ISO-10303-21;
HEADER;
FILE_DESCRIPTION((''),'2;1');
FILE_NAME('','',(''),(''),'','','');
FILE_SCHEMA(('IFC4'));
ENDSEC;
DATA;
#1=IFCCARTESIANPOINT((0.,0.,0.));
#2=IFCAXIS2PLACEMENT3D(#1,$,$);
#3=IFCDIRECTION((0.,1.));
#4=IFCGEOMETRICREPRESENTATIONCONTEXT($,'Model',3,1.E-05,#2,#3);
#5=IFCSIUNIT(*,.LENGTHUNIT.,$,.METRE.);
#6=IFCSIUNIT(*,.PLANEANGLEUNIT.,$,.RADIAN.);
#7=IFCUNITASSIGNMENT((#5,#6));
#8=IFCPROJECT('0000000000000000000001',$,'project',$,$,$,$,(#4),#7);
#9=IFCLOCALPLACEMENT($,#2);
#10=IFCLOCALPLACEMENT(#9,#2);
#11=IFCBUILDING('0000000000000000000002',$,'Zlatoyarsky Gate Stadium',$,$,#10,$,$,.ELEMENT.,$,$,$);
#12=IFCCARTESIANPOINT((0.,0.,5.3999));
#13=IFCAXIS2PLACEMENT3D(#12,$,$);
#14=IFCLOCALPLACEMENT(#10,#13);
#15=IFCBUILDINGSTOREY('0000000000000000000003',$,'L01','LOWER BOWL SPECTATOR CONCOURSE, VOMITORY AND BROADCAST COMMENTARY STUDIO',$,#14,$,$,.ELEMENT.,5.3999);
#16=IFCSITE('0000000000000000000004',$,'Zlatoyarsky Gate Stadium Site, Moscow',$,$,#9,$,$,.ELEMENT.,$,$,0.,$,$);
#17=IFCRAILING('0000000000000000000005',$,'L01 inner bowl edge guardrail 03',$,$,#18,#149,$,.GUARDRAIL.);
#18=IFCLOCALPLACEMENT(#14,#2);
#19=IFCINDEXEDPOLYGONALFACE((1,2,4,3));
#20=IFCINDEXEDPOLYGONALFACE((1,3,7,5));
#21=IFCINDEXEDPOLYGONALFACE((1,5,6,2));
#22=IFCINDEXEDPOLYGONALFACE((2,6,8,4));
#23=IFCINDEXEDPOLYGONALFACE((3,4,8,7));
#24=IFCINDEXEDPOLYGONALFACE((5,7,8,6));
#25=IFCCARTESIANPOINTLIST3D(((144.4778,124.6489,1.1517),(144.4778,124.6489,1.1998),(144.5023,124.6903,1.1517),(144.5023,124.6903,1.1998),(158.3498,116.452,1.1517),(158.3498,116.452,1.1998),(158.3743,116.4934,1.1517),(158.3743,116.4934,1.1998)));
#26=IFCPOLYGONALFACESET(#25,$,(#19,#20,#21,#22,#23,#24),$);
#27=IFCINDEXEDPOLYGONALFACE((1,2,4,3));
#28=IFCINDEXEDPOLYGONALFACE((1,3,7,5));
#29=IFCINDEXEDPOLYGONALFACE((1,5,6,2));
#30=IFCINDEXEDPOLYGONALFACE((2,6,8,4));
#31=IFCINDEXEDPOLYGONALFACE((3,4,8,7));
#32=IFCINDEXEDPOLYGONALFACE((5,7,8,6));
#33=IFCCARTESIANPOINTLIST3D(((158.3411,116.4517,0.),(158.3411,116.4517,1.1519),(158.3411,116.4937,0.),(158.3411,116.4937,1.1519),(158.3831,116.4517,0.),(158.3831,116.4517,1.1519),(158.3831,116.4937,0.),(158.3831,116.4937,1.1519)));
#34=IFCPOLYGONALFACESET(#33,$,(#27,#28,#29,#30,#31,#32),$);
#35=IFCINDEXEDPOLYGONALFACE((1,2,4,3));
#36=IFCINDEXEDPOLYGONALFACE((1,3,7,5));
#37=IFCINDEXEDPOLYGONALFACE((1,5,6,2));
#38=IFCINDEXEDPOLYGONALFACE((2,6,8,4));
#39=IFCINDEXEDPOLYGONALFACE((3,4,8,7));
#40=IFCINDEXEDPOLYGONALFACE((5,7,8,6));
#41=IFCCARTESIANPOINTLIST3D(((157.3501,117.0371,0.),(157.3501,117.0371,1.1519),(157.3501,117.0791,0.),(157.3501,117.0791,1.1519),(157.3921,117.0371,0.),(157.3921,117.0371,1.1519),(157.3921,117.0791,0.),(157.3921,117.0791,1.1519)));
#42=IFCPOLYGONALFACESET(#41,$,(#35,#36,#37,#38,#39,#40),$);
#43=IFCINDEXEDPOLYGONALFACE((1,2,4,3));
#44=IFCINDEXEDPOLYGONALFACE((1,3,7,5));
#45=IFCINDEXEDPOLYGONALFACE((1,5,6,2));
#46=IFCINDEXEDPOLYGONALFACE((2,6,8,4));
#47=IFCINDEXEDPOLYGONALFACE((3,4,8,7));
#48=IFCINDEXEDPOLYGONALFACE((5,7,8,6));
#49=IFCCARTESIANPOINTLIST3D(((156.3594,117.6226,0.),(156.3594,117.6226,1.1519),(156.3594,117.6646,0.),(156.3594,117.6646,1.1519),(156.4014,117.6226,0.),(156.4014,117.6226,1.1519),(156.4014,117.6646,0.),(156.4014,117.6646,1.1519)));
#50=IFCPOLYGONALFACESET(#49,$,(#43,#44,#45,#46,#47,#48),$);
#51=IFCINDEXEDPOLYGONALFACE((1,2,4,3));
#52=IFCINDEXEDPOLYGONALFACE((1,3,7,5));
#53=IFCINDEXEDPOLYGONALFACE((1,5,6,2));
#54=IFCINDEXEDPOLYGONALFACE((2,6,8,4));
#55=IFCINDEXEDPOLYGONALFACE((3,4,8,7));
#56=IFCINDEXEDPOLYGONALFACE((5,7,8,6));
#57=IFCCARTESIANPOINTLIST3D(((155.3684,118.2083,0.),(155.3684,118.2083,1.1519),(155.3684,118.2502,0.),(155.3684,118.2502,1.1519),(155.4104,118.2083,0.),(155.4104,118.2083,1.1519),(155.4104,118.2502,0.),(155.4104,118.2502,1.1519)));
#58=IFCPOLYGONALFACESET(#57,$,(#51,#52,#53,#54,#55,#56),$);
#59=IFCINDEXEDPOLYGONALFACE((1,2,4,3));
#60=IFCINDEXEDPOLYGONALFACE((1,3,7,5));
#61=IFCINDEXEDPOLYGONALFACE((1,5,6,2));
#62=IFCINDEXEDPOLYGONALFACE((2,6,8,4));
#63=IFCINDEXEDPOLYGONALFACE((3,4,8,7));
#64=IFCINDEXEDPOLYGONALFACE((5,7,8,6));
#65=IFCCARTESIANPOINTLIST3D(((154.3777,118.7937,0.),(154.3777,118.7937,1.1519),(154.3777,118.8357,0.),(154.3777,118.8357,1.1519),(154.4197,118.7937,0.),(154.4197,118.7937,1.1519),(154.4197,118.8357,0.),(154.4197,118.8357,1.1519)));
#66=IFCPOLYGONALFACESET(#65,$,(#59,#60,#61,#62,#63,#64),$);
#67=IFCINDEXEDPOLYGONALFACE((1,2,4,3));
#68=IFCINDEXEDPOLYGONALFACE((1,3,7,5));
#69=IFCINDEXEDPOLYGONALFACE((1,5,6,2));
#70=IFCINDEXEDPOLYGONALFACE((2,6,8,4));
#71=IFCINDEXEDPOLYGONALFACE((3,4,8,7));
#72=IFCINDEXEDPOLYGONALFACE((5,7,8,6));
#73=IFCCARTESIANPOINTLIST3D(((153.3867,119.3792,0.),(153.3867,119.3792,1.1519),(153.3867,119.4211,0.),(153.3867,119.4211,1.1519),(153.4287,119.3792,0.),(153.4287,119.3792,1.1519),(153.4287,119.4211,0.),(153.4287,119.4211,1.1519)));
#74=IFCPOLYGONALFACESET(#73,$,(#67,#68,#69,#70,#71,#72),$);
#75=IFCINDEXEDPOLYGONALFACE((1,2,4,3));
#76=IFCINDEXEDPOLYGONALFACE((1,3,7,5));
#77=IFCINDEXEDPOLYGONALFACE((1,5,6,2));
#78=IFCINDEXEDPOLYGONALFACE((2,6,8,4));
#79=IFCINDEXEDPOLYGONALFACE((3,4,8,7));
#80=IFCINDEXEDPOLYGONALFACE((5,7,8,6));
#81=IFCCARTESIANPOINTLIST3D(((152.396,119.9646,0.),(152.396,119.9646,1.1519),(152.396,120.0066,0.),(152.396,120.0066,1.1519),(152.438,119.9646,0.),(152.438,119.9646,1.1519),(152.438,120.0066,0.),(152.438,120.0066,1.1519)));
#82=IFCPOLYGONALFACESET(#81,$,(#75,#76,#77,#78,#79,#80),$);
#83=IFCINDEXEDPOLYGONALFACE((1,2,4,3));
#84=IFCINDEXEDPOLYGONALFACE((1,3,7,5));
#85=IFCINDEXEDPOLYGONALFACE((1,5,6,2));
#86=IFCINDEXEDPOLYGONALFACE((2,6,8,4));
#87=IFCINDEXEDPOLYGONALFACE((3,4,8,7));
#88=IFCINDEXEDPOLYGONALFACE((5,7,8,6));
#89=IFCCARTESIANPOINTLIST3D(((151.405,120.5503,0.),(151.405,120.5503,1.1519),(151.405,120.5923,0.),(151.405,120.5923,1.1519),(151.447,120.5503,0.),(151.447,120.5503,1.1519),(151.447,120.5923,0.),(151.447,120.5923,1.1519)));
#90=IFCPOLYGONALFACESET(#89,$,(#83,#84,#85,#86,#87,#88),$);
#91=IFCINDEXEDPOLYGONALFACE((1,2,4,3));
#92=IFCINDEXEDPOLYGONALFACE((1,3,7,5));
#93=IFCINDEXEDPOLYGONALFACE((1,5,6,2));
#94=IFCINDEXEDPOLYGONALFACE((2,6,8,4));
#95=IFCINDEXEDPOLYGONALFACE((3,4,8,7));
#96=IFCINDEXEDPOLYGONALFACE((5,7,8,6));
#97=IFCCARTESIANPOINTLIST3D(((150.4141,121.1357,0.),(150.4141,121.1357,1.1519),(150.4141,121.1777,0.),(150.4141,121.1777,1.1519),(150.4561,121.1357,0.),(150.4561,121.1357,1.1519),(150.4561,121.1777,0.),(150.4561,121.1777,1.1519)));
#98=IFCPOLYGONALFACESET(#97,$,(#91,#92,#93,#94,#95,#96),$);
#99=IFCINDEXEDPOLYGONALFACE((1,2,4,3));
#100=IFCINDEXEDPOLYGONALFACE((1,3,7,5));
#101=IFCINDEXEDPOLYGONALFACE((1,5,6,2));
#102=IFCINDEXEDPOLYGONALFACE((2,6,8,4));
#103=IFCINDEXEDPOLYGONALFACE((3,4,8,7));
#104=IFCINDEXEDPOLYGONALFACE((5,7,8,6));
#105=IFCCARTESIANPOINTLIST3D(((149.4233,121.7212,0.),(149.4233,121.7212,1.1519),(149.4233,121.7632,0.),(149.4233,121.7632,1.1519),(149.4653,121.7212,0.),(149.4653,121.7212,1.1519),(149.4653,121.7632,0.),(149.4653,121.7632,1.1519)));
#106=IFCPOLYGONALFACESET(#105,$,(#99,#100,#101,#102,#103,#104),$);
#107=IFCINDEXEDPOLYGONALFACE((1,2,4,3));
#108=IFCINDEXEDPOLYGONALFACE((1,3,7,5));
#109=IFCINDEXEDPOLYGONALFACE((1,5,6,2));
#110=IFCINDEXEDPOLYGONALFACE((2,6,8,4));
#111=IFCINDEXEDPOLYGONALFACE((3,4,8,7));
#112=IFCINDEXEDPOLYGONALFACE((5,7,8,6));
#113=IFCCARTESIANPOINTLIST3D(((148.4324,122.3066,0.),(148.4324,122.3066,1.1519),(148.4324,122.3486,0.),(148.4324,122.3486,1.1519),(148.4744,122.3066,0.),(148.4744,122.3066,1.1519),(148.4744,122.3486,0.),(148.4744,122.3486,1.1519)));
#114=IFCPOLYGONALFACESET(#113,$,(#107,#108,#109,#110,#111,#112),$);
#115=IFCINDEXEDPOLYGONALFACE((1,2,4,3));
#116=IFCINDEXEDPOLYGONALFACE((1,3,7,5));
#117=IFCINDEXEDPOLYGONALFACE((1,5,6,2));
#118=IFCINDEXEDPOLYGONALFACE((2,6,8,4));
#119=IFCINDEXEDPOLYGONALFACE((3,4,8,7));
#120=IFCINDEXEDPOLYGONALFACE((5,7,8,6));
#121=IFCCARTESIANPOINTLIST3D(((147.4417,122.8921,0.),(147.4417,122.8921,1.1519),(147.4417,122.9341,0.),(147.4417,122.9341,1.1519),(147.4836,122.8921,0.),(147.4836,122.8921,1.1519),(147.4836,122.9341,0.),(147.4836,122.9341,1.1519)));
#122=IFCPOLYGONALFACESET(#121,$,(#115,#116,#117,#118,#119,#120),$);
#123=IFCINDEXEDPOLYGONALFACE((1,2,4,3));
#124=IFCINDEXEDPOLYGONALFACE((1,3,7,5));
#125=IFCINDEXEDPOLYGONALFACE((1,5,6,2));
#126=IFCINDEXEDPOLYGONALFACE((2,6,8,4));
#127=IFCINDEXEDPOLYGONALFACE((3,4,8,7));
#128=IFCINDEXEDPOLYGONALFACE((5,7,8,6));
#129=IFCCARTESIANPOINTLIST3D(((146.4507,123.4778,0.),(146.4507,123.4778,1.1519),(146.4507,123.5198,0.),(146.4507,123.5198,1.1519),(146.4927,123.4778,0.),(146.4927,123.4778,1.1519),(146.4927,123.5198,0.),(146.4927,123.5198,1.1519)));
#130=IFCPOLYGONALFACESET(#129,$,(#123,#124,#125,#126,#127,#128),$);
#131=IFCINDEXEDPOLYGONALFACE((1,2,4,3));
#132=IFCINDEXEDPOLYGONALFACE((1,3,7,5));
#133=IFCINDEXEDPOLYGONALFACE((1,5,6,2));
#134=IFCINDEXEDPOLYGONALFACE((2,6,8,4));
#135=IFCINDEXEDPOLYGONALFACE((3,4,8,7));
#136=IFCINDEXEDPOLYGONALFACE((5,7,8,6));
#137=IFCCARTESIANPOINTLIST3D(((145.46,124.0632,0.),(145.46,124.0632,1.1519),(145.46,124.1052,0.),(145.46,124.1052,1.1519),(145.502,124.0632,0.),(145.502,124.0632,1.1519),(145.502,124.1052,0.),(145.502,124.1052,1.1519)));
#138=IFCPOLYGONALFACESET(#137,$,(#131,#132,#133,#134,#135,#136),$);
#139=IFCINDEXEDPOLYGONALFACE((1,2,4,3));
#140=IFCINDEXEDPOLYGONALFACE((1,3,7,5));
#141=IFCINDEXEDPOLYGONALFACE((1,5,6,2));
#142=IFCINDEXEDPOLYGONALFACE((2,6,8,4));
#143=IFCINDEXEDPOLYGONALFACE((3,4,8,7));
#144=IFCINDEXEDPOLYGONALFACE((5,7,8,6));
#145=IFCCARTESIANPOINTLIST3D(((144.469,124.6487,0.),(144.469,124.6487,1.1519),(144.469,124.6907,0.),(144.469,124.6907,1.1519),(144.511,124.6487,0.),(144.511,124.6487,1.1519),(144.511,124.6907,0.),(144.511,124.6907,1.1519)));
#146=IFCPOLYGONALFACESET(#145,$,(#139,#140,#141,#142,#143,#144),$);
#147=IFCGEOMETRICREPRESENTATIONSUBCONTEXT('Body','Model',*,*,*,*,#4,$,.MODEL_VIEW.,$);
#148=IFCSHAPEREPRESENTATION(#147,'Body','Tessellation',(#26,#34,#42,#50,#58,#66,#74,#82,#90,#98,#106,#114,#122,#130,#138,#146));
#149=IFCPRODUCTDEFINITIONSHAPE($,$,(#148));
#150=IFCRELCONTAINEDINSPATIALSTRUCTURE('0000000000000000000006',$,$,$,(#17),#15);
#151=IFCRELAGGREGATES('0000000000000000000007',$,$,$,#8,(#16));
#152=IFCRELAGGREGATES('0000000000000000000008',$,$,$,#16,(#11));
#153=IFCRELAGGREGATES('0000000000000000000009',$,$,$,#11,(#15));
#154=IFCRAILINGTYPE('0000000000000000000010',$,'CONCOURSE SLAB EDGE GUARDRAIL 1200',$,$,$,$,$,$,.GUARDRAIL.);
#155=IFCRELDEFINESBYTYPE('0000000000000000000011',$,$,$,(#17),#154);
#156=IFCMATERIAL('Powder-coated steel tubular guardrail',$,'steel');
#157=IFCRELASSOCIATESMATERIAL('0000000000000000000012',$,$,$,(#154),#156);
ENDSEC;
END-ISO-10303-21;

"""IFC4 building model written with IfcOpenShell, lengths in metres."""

from ifc_helpers import new_model, si_unit, direction, frame, origin, origin_2d, place, context, subcontext, project, spatial, rectangle, extrude, material, type_object, element, save


model = new_model("IFC4")

# Units and contexts
model_context = context("Model", 3, precision=1e-05, world=origin(), true_north=direction((0.0, 1.0)))
body_context = subcontext(model_context, "Body", "Model", "MODEL_VIEW")
ifc_project = project(units=[si_unit("LENGTHUNIT", "METRE"), si_unit("PLANEANGLEUNIT", "RADIAN")], contexts=[model_context])

# Site, building, storey
site_placement = place(None, origin())
site = spatial("IfcSite", under=ifc_project, at=site_placement, Name="Zlatoyarsky Gate Stadium Site, Moscow", CompositionType="ELEMENT", RefElevation=0.0)
building_placement = place(site_placement, origin())
building = spatial("IfcBuilding", under=site, at=building_placement, Name="Zlatoyarsky Gate Stadium", CompositionType="ELEMENT")
storey_placement = place(building_placement, frame((0.0, 0.0, 5.3999)))
storey = spatial("IfcBuildingStorey", under=building, at=storey_placement, Name="L01", Description="LOWER BOWL SPECTATOR CONCOURSE, VOMITORY AND BROADCAST COMMENTARY STUDIO", CompositionType="ELEMENT", Elevation=5.3999)

# Railing
ifc_material_1 = material(Name="Powder-coated steel tubular guardrail", Category="steel")
railing_type = type_object("IfcRailingType", Name="CONCOURSE SLAB EDGE GUARDRAIL 1200", PredefinedType="GUARDRAIL", material=ifc_material_1)
railing_1_placement = place(storey_placement, frame((158.3621, 116.4727, 0.0)))
element("IfcRailing", 1, at=railing_1_placement, inside=storey, type_object=railing_type, Name="L01 inner bowl edge guardrail 03", PredefinedType="GUARDRAIL", context=body_context, shape_type="SweptSolid", body=[
    extrude(rectangle(XDim=0.0481, YDim=0.0481, at=origin_2d()), frame((0.0, 0.0, 1.1758), z_axis=(-0.86093, 0.508724, 0.0), x_axis=(-0.508724, -0.86093, 0.0)), (0.0, 0.0, 1.0), 16.1128),
    extrude(rectangle(XDim=0.042, YDim=0.042, at=origin_2d()), origin(), (0.0, 0.0, 1.0), 1.1519),
    extrude(rectangle(XDim=0.042, YDim=0.042, at=origin_2d()), frame((-0.991, 0.5854, 0.0)), (0.0, 0.0, 1.0), 1.1519),
    extrude(rectangle(XDim=0.042, YDim=0.042, at=origin_2d()), frame((-1.9817, 1.1709, 0.0)), (0.0, 0.0, 1.0), 1.1519),
    extrude(rectangle(XDim=0.042, YDim=0.042, at=origin_2d()), frame((-2.9727, 1.7566, 0.0)), (0.0, 0.0, 1.0), 1.1519),
    extrude(rectangle(XDim=0.042, YDim=0.042, at=origin_2d()), frame((-3.9634, 2.342, 0.0)), (0.0, 0.0, 1.0), 1.1519),
    extrude(rectangle(XDim=0.042, YDim=0.042, at=origin_2d()), frame((-4.9543, 2.9275, 0.0)), (0.0, 0.0, 1.0), 1.1519),
    extrude(rectangle(XDim=0.042, YDim=0.042, at=origin_2d()), frame((-5.9451, 3.5129, 0.0)), (0.0, 0.0, 1.0), 1.1519),
    extrude(rectangle(XDim=0.042, YDim=0.042, at=origin_2d()), frame((-6.936, 4.0986, 0.0)), (0.0, 0.0, 1.0), 1.1519),
    extrude(rectangle(XDim=0.042, YDim=0.042, at=origin_2d()), frame((-7.927, 4.6841, 0.0)), (0.0, 0.0, 1.0), 1.1519),
    extrude(rectangle(XDim=0.042, YDim=0.042, at=origin_2d()), frame((-8.9177, 5.2695, 0.0)), (0.0, 0.0, 1.0), 1.1519),
    extrude(rectangle(XDim=0.042, YDim=0.042, at=origin_2d()), frame((-9.9087, 5.855, 0.0)), (0.0, 0.0, 1.0), 1.1519),
    extrude(rectangle(XDim=0.042, YDim=0.042, at=origin_2d()), frame((-10.8994, 6.4404, 0.0)), (0.0, 0.0, 1.0), 1.1519),
    extrude(rectangle(XDim=0.042, YDim=0.042, at=origin_2d()), frame((-11.8904, 7.0261, 0.0)), (0.0, 0.0, 1.0), 1.1519),
    extrude(rectangle(XDim=0.042, YDim=0.042, at=origin_2d()), frame((-12.8811, 7.6116, 0.0)), (0.0, 0.0, 1.0), 1.1519),
    extrude(rectangle(XDim=0.042, YDim=0.042, at=origin_2d()), frame((-13.8721, 8.197, 0.0)), (0.0, 0.0, 1.0), 1.1519),
])

save(model, "model.ifc")
